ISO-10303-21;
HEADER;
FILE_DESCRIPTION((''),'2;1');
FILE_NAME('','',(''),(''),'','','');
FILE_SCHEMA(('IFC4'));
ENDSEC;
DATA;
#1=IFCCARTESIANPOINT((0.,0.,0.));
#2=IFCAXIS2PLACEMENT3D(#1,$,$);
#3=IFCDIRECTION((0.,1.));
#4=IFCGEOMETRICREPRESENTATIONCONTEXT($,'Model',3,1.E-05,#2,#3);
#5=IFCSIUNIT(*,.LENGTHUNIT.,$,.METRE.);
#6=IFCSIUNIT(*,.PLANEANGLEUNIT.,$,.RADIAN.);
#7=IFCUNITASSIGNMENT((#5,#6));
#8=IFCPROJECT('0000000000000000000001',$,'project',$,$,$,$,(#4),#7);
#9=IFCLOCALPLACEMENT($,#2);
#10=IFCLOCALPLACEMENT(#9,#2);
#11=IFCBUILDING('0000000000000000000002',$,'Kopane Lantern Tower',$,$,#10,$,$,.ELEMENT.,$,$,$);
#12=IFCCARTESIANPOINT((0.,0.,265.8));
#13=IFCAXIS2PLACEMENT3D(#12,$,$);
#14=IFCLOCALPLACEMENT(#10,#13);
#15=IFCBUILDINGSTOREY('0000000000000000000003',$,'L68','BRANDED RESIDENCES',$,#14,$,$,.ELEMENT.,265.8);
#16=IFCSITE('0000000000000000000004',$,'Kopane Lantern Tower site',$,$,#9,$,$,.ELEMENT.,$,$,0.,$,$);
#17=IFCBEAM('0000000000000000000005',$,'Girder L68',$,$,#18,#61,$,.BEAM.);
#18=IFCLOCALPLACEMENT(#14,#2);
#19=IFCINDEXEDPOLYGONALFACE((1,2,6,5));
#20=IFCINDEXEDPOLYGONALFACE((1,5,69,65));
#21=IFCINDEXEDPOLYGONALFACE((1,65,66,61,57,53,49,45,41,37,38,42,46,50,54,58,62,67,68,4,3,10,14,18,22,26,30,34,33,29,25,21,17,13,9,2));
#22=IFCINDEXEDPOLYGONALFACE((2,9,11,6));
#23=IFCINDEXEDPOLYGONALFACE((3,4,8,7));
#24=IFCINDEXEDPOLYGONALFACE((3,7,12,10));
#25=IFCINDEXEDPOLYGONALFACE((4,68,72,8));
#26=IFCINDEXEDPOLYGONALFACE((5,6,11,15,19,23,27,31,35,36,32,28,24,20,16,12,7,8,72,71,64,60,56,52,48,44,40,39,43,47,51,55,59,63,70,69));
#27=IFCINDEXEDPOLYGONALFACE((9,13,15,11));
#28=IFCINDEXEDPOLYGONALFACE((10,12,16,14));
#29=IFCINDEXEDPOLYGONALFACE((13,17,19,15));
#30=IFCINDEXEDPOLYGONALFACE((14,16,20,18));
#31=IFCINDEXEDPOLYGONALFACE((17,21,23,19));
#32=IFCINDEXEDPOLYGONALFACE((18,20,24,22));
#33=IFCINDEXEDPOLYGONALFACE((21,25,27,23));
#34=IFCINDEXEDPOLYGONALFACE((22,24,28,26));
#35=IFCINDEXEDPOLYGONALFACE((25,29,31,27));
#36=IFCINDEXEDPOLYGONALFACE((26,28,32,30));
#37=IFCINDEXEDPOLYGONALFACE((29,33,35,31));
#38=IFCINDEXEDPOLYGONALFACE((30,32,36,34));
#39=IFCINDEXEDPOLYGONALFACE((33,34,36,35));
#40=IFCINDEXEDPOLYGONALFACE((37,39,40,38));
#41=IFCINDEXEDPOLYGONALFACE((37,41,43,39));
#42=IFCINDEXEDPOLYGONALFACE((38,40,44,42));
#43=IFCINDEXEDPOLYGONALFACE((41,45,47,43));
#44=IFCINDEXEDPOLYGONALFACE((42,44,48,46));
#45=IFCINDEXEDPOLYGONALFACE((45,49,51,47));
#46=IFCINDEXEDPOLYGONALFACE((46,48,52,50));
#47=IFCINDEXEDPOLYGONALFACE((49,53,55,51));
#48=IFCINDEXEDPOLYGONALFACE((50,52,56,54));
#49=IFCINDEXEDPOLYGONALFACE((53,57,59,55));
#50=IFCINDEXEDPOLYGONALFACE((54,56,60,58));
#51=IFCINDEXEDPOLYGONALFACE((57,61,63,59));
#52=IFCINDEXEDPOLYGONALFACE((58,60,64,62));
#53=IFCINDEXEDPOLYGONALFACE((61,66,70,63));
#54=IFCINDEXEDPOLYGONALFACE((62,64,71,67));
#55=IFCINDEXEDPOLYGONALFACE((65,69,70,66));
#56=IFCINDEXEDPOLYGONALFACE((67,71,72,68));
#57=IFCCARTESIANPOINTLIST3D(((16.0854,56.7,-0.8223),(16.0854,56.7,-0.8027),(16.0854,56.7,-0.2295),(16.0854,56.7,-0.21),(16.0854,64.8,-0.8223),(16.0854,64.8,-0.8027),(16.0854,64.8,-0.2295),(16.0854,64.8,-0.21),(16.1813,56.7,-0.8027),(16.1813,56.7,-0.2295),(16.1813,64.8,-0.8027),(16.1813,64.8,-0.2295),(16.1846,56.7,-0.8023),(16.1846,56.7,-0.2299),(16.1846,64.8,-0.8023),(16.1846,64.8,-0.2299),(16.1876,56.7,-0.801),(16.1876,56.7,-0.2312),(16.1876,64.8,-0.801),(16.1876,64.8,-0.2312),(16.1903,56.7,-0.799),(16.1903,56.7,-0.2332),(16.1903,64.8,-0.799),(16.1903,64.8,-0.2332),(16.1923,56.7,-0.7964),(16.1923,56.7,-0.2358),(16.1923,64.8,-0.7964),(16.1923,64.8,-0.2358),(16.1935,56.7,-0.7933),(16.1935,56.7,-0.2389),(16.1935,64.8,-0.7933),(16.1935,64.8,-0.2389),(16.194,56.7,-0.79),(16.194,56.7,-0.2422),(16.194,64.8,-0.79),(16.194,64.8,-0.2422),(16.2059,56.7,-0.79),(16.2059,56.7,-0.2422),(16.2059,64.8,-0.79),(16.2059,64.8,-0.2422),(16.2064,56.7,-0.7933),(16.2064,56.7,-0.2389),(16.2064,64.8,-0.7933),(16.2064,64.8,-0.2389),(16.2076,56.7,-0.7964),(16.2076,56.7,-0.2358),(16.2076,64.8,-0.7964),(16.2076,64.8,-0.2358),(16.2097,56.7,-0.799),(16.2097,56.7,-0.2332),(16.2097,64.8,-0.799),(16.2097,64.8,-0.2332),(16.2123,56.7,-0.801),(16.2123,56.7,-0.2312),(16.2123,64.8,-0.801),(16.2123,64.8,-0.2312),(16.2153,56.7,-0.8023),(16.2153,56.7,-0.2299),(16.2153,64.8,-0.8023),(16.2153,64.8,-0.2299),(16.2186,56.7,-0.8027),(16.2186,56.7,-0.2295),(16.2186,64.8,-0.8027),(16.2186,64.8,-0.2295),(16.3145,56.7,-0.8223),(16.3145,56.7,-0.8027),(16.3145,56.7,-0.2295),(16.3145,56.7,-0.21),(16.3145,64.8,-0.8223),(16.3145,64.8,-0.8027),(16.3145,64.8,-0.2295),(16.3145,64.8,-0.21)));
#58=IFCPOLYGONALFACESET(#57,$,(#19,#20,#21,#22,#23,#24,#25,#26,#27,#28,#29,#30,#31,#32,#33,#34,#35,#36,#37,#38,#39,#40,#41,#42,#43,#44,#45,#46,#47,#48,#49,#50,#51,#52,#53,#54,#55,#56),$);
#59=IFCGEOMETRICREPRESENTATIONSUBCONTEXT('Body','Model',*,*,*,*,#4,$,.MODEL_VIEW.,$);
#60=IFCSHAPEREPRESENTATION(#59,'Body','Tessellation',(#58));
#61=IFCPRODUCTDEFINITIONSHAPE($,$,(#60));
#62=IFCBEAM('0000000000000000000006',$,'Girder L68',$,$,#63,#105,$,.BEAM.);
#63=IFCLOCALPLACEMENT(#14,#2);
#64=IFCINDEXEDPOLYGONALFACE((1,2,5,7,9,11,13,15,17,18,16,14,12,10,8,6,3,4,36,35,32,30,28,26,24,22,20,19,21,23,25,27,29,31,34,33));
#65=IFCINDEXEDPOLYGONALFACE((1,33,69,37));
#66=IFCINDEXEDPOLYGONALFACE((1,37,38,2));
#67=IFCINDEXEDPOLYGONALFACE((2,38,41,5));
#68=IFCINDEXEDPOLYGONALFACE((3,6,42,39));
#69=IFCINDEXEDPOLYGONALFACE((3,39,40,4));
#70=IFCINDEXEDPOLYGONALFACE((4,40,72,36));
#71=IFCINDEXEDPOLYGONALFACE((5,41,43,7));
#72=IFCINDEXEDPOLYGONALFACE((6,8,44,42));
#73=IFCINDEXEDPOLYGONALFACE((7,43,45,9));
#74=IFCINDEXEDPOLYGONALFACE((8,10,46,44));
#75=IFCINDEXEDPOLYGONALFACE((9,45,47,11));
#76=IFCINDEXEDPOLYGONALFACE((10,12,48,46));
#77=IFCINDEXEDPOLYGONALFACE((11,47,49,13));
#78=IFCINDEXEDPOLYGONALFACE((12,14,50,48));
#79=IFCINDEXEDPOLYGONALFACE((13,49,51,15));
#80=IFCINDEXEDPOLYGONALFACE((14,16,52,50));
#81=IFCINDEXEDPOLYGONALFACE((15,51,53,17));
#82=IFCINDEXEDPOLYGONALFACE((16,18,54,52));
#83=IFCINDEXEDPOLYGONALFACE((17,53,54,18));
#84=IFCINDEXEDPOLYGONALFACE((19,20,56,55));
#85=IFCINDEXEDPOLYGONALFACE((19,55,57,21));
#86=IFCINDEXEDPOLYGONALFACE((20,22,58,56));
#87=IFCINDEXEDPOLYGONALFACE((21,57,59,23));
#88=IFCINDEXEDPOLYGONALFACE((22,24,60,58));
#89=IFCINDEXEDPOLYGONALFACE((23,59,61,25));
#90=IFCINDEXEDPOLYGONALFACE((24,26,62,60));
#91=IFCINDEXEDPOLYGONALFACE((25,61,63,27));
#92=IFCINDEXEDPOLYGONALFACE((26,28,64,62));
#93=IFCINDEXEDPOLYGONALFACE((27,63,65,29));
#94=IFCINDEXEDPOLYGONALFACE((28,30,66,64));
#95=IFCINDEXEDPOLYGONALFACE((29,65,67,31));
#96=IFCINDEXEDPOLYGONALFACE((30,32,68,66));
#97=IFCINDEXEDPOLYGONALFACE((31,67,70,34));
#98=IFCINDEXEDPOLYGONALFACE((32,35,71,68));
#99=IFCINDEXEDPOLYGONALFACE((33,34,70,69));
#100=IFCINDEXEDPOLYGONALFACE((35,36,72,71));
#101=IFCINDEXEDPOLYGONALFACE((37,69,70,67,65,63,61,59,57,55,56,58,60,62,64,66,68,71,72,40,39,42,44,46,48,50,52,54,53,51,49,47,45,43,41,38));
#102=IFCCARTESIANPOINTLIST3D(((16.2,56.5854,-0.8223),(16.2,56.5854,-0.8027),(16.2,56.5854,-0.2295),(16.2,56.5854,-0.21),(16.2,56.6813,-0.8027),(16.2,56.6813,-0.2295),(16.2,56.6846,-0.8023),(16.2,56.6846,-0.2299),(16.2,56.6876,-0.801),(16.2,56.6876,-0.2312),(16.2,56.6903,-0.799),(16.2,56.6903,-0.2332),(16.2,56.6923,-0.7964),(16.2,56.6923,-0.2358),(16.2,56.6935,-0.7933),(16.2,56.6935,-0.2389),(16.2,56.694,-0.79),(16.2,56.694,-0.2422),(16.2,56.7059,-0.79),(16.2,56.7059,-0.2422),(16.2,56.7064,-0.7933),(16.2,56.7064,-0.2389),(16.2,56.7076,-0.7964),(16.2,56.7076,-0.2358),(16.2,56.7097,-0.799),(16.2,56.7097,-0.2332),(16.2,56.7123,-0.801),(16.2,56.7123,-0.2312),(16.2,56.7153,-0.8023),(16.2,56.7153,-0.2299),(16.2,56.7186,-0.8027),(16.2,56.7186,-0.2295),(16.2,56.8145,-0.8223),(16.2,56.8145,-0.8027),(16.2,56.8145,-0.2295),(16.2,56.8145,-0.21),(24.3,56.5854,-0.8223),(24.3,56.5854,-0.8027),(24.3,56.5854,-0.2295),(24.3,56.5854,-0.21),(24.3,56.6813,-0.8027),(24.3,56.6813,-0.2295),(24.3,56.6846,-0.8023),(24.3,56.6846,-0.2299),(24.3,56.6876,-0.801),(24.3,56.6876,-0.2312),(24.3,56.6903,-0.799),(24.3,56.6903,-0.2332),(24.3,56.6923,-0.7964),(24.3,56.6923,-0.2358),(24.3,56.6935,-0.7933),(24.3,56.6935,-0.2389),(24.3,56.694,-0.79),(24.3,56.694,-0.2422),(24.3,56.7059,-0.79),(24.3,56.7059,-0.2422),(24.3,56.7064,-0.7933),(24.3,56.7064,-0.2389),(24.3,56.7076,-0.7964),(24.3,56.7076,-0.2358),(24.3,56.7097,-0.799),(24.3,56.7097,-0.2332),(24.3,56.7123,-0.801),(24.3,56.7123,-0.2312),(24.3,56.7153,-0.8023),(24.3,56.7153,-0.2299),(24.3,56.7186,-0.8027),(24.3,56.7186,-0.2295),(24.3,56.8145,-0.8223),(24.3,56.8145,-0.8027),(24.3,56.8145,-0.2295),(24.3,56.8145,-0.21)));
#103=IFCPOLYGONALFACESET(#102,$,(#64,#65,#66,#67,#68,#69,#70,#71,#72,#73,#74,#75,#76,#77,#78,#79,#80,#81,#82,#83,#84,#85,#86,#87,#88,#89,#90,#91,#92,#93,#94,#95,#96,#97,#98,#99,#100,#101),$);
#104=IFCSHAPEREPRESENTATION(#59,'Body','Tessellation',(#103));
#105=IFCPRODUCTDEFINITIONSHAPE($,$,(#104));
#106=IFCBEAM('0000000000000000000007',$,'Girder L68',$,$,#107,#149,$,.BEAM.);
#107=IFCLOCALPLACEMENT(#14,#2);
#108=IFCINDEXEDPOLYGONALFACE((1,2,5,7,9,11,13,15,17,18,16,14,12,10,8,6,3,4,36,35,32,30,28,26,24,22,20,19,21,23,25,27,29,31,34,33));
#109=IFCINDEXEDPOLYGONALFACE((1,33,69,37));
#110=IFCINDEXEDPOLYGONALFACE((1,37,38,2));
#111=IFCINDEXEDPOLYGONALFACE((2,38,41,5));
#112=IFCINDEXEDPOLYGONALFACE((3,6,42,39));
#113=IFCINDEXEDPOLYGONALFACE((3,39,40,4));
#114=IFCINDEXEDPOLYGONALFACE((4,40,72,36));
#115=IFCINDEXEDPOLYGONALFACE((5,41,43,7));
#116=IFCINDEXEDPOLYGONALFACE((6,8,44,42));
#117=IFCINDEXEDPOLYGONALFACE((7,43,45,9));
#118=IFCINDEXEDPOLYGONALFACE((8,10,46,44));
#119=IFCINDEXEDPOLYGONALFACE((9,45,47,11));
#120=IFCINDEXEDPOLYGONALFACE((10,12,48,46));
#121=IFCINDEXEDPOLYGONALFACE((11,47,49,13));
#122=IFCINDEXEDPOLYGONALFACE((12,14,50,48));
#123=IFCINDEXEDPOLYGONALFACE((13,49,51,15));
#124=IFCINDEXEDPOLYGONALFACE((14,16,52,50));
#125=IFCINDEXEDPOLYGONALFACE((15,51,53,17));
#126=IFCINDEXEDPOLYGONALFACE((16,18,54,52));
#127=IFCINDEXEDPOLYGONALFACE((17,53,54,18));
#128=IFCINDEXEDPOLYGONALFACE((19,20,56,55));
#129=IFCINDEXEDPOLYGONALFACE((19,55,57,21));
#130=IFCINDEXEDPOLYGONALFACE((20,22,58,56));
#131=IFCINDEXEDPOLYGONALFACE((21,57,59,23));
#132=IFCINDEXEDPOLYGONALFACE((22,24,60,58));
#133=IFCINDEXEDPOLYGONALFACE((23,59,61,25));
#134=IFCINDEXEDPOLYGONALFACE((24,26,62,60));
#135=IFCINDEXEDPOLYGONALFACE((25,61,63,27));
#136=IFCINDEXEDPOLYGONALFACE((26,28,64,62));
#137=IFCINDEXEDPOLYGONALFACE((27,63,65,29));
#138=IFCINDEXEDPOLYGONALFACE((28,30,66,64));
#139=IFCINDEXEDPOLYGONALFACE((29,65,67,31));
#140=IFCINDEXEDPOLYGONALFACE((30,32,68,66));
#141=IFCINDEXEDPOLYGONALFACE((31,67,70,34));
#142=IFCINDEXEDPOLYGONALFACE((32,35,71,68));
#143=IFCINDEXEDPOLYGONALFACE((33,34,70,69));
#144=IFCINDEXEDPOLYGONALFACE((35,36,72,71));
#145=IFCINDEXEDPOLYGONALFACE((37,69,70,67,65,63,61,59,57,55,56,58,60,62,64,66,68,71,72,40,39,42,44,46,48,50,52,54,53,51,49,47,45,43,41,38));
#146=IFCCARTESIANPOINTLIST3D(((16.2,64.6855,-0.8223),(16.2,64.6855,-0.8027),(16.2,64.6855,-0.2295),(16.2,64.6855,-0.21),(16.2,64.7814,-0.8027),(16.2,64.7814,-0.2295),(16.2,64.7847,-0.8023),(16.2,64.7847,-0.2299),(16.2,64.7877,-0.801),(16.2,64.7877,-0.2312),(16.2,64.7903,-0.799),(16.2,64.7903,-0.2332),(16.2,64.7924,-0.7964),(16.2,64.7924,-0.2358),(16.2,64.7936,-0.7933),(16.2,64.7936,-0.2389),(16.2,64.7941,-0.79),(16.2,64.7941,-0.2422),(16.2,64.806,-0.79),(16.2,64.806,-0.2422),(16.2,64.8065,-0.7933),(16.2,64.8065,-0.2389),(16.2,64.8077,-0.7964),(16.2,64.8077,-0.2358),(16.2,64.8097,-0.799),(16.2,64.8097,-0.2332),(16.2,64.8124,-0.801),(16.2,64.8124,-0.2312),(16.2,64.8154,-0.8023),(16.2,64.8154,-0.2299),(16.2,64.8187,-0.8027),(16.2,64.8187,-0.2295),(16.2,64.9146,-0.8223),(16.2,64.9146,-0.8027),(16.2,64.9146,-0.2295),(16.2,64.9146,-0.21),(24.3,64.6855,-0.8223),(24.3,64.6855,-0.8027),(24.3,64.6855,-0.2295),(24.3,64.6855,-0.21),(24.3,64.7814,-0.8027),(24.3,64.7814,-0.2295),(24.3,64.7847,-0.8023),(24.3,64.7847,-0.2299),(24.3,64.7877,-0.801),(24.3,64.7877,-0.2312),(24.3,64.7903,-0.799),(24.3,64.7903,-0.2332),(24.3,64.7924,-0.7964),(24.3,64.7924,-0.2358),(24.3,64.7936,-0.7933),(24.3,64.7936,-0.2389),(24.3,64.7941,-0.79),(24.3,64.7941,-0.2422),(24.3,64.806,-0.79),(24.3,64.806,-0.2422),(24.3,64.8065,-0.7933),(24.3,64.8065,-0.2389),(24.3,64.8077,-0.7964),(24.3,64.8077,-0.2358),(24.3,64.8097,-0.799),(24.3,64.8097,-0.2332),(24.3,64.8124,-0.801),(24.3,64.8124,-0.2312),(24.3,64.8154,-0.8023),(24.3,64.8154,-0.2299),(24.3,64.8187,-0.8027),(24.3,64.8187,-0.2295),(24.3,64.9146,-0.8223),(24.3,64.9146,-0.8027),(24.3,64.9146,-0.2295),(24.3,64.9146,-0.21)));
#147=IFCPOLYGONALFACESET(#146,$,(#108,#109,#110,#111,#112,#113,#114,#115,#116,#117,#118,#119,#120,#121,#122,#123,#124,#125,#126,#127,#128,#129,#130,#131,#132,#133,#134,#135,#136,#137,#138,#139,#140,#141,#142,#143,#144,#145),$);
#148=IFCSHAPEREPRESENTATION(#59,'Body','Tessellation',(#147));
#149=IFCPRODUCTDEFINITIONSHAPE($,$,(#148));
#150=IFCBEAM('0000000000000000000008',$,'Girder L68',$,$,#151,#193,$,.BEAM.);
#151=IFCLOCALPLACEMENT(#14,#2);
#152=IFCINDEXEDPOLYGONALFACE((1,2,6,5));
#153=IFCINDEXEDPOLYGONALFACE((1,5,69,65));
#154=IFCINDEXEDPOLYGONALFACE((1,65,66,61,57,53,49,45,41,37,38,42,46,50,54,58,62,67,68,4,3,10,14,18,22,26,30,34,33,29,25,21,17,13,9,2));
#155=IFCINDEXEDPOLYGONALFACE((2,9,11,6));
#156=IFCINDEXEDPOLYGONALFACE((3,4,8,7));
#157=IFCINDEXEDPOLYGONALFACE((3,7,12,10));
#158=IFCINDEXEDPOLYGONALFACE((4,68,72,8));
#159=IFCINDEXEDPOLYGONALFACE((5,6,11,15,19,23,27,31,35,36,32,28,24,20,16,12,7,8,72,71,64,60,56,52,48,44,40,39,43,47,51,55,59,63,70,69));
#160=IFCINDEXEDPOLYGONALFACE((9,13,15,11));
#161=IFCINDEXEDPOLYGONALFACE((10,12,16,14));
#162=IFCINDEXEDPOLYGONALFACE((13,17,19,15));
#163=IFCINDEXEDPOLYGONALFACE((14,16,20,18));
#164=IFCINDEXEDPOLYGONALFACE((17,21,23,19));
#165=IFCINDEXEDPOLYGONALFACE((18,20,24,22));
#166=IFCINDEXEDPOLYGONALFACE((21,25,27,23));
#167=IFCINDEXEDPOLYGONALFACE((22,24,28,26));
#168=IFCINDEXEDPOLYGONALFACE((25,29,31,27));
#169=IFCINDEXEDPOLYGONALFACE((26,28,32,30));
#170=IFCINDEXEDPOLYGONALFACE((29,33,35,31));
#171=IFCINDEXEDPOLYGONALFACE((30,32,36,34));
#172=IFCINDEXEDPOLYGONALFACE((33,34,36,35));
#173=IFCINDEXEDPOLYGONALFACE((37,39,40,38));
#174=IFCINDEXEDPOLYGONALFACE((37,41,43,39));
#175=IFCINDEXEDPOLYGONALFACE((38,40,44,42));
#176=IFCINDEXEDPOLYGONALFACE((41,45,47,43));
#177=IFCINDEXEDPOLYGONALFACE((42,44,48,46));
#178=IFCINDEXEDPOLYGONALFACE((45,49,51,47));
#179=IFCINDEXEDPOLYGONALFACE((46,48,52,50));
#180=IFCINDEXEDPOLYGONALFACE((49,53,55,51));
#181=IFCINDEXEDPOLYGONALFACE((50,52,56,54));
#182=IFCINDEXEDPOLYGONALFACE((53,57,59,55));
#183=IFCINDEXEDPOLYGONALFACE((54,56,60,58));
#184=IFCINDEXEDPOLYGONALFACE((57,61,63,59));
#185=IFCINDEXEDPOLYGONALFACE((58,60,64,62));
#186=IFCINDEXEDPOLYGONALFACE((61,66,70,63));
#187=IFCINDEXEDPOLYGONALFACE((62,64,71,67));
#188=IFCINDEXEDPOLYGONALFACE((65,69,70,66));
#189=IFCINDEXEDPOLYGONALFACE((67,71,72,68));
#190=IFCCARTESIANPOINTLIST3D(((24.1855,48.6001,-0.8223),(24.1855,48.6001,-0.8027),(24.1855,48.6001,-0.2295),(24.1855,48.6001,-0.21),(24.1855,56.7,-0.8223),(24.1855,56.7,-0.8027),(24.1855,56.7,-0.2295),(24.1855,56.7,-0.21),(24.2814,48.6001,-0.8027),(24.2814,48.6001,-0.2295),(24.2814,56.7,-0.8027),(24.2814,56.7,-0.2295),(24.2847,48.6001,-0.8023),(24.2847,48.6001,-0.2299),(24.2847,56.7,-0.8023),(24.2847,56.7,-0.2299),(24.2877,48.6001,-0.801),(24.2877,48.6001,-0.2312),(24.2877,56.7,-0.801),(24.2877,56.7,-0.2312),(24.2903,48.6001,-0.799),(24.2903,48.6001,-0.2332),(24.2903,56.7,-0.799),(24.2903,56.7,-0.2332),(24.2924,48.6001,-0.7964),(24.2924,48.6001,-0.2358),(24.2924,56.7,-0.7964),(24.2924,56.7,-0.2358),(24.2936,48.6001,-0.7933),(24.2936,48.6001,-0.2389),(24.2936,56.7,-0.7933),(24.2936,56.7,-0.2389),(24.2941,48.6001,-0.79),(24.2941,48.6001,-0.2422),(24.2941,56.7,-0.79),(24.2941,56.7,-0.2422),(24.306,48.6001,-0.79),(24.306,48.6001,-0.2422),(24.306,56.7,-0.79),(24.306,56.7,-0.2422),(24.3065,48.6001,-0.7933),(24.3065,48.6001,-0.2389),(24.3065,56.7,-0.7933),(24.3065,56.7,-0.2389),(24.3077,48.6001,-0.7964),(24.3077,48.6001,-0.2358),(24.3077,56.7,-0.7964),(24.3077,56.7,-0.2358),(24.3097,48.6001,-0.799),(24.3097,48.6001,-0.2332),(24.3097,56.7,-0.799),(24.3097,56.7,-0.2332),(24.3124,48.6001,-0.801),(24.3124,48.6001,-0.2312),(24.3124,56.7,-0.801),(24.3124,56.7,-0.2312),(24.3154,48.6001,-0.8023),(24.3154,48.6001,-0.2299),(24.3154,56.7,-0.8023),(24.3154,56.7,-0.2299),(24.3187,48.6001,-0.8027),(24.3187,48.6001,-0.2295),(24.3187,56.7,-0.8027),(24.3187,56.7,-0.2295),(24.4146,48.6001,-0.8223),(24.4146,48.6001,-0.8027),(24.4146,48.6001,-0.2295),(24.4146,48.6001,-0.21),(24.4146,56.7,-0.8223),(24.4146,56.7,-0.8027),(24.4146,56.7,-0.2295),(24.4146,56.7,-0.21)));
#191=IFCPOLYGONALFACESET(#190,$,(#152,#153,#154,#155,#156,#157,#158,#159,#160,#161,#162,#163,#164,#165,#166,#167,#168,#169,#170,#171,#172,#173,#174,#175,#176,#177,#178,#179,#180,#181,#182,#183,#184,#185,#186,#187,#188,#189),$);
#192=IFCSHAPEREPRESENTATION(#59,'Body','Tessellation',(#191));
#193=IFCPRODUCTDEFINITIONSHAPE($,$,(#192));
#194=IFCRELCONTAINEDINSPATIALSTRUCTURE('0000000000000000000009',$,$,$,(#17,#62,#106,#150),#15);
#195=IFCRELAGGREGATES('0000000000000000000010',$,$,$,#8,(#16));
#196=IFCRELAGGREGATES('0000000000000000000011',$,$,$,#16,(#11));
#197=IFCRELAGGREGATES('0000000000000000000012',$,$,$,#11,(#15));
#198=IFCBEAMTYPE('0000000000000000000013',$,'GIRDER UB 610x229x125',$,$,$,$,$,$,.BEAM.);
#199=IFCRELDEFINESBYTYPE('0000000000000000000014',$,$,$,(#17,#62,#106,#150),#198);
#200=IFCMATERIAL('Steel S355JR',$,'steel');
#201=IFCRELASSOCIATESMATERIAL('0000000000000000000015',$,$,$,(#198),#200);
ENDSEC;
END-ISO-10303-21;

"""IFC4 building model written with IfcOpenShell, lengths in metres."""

from ifc_helpers import new_model, si_unit, direction, frame, origin, origin_2d, place, context, subcontext, project, spatial, i_section, extrude, material, material_profile, profile_set, type_object, element, save


model = new_model("IFC4")

# Units and contexts
model_context = context("Model", 3, precision=1e-05, world=origin(), true_north=direction((0.0, 1.0)))
body_context = subcontext(model_context, "Body", "Model", "MODEL_VIEW")
ifc_project = project(units=[si_unit("LENGTHUNIT", "METRE"), si_unit("PLANEANGLEUNIT", "RADIAN")], contexts=[model_context])

# Site, building, storey
site_placement = place(None, origin())
site = spatial("IfcSite", under=ifc_project, at=site_placement, Name="Kopane Lantern Tower site", CompositionType="ELEMENT", RefElevation=0.0)
building_placement = place(site_placement, origin())
building = spatial("IfcBuilding", under=site, at=building_placement, Name="Kopane Lantern Tower", CompositionType="ELEMENT")
storey_placement = place(building_placement, frame((0.0, 0.0, 265.8)))
storey = spatial("IfcBuildingStorey", under=building, at=storey_placement, Name="L68", Description="BRANDED RESIDENCES", CompositionType="ELEMENT", Elevation=265.8)

# Beams
ifc_material_1 = material(Name="Steel S355JR", Category="steel")
ifc_material_profile_1 = material_profile(ifc_material_1, i_section(OverallWidth=0.229, OverallDepth=0.6123, WebThickness=0.012, FlangeThickness=0.0195, FilletRadius=0.0127, at=origin_2d()), Name="UB 610x229x125")
ifc_profile_set_1 = profile_set([ifc_material_profile_1], Name="Steel S355JR")
beam_type = type_object("IfcBeamType", Name="GIRDER UB 610x229x125", PredefinedType="BEAM", material=ifc_profile_set_1)
for number, where, z_axis, x_axis, name in (
    (1, (16.2, 56.7, -0.5161), (0.0, 1.0, 0.0), (-1.0, 0.0, 0.0), "Girder L68"),
    (2, (16.2, 56.7, -0.5161), (1.0, 0.0, 0.0), (0.0, 1.0, 0.0), "Girder L68"),
    (3, (16.2, 64.8, -0.5161), (1.0, 0.0, 0.0), (0.0, 1.0, 0.0), "Girder L68"),
):
    element("IfcBeam", number, at=place(storey_placement, frame(where, z_axis=z_axis, x_axis=x_axis)), inside=storey, type_object=beam_type, Name=name, PredefinedType="BEAM", context=body_context, shape_type="SweptSolid", body=[
        extrude(i_section(OverallWidth=0.229, OverallDepth=0.6123, WebThickness=0.012, FlangeThickness=0.0195, FilletRadius=0.0127, at=origin_2d()), origin(), (0.0, 0.0, 1.0), 8.1001),
    ])
for number, where, z_axis, x_axis, name in (
    (4, (24.3, 48.6001, -0.5161), (0.0, 1.0, 0.0), (-1.0, 0.0, 0.0), "Girder L68"),
):
    element("IfcBeam", number, at=place(storey_placement, frame(where, z_axis=z_axis, x_axis=x_axis)), inside=storey, type_object=beam_type, Name=name, PredefinedType="BEAM", context=body_context, shape_type="SweptSolid", body=[
        extrude(i_section(OverallWidth=0.229, OverallDepth=0.6123, WebThickness=0.012, FlangeThickness=0.0195, FilletRadius=0.0127, at=origin_2d()), origin(), (0.0, 0.0, 1.0), 8.0999),
    ])

save(model, "model.ifc")
